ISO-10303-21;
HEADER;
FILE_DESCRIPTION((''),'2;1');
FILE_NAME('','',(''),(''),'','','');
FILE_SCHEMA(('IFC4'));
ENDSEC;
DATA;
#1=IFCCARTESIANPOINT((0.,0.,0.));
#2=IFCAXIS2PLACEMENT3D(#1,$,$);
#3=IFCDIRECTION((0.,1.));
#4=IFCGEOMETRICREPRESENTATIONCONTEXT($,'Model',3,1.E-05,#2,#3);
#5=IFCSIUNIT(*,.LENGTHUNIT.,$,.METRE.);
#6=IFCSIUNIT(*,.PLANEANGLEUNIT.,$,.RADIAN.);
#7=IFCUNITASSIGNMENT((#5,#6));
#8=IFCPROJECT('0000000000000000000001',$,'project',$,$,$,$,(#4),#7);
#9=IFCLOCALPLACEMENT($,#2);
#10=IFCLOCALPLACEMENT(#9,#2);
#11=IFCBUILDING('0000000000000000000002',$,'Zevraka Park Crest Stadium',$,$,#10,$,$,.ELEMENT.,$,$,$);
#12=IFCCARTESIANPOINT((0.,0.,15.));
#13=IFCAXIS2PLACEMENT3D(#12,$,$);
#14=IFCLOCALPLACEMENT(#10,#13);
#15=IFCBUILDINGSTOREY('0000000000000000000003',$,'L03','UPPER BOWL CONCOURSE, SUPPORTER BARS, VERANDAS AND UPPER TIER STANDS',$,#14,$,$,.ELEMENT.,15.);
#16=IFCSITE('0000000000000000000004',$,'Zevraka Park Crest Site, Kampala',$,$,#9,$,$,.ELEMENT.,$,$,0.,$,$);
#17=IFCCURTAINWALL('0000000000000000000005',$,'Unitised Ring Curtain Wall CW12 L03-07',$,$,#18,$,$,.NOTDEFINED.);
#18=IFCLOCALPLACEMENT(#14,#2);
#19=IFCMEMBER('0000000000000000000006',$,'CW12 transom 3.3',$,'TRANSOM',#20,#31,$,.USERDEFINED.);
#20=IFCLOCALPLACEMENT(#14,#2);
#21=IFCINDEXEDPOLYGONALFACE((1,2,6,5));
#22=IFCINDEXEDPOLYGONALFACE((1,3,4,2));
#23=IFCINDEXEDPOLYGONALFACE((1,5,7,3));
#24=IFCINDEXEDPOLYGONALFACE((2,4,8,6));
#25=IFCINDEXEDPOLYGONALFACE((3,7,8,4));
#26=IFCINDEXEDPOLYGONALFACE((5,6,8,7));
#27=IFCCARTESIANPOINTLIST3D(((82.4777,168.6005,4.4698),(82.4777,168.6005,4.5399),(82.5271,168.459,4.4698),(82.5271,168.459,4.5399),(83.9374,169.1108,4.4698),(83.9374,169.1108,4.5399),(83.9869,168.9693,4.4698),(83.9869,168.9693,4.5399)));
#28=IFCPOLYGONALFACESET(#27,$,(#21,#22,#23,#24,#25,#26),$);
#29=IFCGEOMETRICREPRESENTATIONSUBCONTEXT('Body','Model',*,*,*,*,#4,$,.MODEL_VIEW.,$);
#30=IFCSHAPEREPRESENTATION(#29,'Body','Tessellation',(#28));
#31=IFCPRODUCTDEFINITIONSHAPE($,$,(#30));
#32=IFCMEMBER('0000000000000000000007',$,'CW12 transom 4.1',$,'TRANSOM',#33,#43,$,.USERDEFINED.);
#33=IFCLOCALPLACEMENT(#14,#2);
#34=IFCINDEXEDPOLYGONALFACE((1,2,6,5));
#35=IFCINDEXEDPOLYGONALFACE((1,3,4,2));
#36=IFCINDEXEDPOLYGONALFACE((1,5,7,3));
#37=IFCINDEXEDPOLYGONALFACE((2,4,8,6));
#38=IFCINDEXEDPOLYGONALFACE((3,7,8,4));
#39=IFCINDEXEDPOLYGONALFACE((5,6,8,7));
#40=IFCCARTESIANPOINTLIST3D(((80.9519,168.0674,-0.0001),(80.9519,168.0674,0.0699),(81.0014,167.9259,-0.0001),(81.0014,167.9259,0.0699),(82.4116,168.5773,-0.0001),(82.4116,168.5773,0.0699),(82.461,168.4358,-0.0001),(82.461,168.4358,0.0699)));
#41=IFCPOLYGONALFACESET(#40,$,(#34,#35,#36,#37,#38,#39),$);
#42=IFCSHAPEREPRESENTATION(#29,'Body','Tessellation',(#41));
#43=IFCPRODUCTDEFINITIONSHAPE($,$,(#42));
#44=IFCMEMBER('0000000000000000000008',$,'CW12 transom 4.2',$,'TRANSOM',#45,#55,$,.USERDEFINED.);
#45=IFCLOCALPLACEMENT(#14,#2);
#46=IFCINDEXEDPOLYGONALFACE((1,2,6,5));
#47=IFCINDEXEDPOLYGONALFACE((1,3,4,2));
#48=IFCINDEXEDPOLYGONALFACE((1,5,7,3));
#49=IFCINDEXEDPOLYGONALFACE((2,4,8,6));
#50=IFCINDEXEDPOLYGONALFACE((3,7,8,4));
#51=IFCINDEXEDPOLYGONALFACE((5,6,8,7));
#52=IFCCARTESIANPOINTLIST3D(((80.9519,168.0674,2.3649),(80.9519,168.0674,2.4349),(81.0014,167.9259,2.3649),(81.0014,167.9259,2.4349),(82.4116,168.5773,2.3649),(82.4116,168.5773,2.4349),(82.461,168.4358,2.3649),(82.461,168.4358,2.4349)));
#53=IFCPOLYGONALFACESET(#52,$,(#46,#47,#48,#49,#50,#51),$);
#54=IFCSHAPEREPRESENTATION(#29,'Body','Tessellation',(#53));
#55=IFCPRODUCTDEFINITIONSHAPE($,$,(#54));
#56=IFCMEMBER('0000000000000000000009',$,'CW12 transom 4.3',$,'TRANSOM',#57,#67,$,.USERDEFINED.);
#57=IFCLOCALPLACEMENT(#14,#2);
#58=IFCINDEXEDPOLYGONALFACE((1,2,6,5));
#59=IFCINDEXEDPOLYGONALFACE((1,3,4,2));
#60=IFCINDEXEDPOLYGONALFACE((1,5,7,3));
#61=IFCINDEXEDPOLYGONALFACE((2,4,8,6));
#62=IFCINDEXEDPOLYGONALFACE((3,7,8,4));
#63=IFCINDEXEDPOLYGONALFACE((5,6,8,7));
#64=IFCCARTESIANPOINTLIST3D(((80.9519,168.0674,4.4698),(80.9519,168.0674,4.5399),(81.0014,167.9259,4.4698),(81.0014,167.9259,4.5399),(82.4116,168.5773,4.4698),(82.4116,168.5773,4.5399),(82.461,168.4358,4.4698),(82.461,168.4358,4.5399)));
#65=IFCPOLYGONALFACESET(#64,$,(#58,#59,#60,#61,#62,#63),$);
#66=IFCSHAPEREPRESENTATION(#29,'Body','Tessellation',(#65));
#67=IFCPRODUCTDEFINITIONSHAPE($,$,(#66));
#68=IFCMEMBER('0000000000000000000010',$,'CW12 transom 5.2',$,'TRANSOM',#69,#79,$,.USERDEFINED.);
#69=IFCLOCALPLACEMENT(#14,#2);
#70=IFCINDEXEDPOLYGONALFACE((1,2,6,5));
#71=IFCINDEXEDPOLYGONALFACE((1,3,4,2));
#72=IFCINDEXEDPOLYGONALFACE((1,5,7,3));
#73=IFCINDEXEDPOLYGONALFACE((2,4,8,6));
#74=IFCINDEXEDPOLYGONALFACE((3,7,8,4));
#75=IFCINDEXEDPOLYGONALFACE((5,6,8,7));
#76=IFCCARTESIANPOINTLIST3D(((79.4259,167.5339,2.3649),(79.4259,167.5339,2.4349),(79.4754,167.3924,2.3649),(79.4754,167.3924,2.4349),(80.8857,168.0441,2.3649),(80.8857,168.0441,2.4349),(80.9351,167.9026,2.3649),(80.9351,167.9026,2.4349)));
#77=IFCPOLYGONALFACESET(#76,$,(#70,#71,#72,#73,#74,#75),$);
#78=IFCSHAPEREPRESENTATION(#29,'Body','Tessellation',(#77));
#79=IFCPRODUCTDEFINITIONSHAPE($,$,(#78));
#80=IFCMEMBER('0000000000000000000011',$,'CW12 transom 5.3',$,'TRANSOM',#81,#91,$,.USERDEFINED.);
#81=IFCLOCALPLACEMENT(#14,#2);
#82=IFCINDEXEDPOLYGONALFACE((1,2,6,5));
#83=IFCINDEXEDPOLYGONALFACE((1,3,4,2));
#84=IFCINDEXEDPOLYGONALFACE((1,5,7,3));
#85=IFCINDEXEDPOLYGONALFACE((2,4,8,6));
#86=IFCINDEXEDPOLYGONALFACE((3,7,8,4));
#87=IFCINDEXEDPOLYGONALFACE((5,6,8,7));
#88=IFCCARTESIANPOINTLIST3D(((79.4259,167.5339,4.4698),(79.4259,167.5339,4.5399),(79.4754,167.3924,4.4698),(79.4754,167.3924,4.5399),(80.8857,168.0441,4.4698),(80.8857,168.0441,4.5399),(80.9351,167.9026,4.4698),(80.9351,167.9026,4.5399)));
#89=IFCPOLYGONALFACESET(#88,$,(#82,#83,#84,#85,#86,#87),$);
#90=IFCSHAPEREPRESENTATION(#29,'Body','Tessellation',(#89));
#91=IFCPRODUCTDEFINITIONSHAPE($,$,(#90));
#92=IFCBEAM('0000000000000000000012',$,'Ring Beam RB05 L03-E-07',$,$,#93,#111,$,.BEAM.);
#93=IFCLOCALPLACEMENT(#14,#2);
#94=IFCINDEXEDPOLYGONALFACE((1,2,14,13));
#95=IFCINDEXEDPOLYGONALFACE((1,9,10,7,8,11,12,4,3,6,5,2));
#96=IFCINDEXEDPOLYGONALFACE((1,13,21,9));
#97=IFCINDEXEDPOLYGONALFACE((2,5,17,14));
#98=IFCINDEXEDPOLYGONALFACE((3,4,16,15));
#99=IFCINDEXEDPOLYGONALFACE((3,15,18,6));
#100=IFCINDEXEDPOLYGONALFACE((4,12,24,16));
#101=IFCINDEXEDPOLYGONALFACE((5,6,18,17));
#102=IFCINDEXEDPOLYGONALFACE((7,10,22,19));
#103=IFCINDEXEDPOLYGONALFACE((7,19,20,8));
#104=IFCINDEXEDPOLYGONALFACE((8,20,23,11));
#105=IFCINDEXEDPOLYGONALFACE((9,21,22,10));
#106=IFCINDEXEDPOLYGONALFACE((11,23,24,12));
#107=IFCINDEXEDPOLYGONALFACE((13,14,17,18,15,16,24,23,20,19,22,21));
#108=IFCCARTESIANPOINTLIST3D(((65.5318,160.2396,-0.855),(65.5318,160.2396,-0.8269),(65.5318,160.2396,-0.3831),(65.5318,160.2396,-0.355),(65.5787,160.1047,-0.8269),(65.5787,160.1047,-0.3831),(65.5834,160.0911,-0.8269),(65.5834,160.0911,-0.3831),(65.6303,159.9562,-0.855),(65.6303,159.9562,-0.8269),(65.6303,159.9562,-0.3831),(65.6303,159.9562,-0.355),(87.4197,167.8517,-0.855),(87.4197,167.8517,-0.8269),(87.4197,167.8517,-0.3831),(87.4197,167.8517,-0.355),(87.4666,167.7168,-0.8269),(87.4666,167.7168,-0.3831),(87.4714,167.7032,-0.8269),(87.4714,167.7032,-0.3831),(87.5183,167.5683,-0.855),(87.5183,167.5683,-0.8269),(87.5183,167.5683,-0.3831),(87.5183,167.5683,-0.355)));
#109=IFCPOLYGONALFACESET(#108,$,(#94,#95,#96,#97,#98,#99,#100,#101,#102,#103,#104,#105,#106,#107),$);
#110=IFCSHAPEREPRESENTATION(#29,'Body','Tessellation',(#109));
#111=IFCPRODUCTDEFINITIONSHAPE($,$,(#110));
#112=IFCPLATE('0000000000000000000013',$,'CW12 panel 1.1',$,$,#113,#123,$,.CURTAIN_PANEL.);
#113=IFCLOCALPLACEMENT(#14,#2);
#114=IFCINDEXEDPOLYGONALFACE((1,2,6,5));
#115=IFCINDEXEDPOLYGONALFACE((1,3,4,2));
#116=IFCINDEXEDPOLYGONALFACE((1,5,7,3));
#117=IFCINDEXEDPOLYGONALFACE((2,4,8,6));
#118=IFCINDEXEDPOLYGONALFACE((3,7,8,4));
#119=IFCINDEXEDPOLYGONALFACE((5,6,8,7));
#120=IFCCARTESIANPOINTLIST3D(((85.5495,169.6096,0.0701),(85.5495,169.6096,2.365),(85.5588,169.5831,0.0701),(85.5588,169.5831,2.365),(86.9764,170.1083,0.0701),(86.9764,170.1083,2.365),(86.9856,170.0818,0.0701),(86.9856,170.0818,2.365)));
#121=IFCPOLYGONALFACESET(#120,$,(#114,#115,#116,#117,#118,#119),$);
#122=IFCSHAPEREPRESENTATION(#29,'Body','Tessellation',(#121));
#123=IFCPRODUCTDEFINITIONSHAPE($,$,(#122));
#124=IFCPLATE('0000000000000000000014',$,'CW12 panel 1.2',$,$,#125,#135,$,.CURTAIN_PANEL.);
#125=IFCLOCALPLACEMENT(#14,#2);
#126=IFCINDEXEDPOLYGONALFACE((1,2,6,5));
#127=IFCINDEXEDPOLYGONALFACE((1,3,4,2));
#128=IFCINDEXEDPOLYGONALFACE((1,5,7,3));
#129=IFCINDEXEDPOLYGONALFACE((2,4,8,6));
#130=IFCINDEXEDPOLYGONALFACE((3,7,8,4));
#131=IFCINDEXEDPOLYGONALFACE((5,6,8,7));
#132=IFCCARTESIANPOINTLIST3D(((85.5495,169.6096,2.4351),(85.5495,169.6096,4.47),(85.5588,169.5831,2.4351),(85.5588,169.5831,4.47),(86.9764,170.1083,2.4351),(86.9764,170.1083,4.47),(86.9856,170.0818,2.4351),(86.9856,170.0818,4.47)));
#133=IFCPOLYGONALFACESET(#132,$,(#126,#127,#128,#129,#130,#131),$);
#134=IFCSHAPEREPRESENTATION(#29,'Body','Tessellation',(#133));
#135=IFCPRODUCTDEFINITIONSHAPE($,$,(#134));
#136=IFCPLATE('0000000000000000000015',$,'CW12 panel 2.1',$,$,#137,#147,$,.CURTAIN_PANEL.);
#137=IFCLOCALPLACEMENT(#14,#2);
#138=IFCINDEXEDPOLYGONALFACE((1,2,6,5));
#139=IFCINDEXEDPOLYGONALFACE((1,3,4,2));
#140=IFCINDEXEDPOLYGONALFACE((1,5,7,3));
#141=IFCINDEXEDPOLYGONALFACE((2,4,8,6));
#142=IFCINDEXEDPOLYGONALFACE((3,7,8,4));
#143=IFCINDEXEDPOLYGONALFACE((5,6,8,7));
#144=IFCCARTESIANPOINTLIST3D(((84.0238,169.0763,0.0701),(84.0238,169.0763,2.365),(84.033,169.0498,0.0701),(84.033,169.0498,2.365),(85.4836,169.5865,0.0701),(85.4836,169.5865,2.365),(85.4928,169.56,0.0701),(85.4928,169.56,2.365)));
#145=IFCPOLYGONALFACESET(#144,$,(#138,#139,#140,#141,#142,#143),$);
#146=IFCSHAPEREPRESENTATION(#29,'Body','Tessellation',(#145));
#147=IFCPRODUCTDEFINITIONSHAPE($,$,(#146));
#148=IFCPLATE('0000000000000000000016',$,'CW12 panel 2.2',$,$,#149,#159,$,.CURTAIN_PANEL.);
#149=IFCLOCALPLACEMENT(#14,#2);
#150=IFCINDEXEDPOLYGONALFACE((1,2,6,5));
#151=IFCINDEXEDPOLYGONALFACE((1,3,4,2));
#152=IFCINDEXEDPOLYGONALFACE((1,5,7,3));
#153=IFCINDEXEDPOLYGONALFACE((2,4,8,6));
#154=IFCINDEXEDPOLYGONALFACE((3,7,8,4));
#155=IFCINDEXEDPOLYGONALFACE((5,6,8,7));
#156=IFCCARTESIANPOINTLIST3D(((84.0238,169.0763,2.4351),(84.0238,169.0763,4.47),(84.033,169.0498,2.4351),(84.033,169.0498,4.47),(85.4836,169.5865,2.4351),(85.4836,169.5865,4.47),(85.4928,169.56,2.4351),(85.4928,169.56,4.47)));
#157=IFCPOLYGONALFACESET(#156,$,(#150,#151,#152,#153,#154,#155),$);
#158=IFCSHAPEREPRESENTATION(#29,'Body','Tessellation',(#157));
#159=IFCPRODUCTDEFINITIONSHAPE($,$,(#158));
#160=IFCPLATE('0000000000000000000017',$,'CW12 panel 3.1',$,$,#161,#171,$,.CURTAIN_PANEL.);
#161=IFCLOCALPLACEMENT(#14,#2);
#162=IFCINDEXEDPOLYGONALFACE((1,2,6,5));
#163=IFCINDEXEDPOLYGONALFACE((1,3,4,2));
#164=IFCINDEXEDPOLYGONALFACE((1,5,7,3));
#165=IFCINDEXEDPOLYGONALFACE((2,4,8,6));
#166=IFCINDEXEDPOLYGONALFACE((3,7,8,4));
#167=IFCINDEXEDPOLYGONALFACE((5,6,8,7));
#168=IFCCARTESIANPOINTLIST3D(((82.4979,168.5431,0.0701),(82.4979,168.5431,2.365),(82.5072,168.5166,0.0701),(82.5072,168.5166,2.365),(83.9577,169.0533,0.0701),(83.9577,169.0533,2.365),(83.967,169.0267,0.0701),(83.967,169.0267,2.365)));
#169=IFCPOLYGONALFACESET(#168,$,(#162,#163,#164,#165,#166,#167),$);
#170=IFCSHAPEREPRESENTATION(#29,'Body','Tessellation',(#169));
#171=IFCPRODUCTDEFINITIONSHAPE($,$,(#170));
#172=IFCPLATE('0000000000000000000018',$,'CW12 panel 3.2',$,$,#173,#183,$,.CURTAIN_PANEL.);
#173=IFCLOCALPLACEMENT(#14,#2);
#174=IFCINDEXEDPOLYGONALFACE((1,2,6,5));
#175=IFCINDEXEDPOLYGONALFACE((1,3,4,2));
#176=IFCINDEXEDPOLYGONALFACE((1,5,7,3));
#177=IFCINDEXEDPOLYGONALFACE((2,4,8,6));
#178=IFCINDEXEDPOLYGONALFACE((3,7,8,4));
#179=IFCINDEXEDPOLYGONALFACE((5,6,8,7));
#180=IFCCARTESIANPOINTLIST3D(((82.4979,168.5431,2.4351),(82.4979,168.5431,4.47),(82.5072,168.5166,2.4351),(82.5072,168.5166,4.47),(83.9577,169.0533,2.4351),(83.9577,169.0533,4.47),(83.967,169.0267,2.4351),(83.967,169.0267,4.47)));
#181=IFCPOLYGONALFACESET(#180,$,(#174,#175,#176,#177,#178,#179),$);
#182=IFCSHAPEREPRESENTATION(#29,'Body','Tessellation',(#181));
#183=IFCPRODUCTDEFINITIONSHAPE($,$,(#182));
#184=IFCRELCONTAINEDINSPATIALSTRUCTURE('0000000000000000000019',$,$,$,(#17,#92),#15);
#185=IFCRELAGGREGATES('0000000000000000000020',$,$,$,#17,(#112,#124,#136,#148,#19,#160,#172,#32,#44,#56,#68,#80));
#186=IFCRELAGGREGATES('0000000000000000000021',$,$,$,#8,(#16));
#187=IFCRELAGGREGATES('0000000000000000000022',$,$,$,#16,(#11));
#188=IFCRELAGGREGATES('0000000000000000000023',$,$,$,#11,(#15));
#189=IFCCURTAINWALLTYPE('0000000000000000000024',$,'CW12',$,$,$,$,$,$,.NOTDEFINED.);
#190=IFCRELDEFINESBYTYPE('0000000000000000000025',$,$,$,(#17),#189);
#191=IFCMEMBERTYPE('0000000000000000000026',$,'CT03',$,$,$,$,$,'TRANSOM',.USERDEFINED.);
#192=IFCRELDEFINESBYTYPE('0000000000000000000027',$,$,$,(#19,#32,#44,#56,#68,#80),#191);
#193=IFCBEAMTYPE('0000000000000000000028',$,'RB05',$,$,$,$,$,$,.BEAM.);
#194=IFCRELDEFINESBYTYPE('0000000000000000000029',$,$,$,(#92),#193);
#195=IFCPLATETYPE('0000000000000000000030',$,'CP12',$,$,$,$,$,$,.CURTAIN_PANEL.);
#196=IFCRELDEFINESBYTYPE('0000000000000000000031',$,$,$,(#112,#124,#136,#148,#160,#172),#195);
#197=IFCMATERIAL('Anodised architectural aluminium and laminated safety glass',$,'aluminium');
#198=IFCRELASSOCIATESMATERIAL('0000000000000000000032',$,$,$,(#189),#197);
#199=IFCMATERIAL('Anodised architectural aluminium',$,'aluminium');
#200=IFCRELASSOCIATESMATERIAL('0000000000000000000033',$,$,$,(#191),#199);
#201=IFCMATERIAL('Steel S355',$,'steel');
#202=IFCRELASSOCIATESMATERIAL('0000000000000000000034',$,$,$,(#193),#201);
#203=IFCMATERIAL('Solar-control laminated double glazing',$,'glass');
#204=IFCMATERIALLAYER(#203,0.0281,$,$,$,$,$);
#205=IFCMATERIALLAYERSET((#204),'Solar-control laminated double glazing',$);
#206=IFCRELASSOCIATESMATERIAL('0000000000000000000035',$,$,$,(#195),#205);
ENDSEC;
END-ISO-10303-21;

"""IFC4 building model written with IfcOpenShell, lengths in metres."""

from ifc_helpers import new_model, si_unit, direction, frame, origin, origin_2d, place, context, subcontext, project, spatial, rectangle, i_section, extrude, material, layer, layer_set, material_profile, profile_set, type_object, element, aggregate, save


model = new_model("IFC4")

# Units and contexts
model_context = context("Model", 3, precision=1e-05, world=origin(), true_north=direction((0.0, 1.0)))
body_context = subcontext(model_context, "Body", "Model", "MODEL_VIEW")
ifc_project = project(units=[si_unit("LENGTHUNIT", "METRE"), si_unit("PLANEANGLEUNIT", "RADIAN")], contexts=[model_context])

# Site, building, storey
site_placement = place(None, origin())
site = spatial("IfcSite", under=ifc_project, at=site_placement, Name="Zevraka Park Crest Site, Kampala", CompositionType="ELEMENT", RefElevation=0.0)
building_placement = place(site_placement, origin())
building = spatial("IfcBuilding", under=site, at=building_placement, Name="Zevraka Park Crest Stadium", CompositionType="ELEMENT")
storey_placement = place(building_placement, frame((0.0, 0.0, 15.0)))
storey = spatial("IfcBuildingStorey", under=building, at=storey_placement, Name="L03", Description="UPPER BOWL CONCOURSE, SUPPORTER BARS, VERANDAS AND UPPER TIER STANDS", CompositionType="ELEMENT", Elevation=15.0)

# Curtain wall, members
ifc_material_1 = material(Name="Anodised architectural aluminium and laminated safety glass", Category="aluminium")
curtain_wall_type_1 = type_object("IfcCurtainWallType", Name="CW12", PredefinedType="NOTDEFINED", material=ifc_material_1)
curtain_wall_1_placement = place(storey_placement, origin())
curtain_wall_1 = element("IfcCurtainWall", 1, at=curtain_wall_1_placement, inside=storey, type_object=curtain_wall_type_1, Name="Unitised Ring Curtain Wall CW12 L03-07", PredefinedType="NOTDEFINED")
ifc_material_2 = material(Name="Anodised architectural aluminium", Category="aluminium")
ifc_material_profile_1 = material_profile(ifc_material_2, rectangle(XDim=0.1499, YDim=0.0701, at=origin_2d()), Name="ALU TRANSOM 150x70")
ifc_profile_set_1 = profile_set([ifc_material_profile_1], Name="Anodised architectural aluminium")
member_type_1 = type_object("IfcMemberType", Name="CT03", ElementType="TRANSOM", PredefinedType="USERDEFINED", material=ifc_profile_set_1)
member_1_placement = place(storey_placement, frame((83.9622, 169.04, 4.5049), z_axis=(-0.943989, -0.329978, 0.0), x_axis=(0.329978, -0.943989, 0.0)))
member_1 = element("IfcMember", 2, at=member_1_placement, type_object=member_type_1, Name="CW12 transom 3.3", ObjectType="TRANSOM", PredefinedType="USERDEFINED", context=body_context, shape_type="SweptSolid", body=[
    extrude(rectangle(XDim=0.1499, YDim=0.0701, at=origin_2d()), origin(), (0.0, 0.0, 1.0), 1.5464),
])
member_2_placement = place(storey_placement, frame((82.4363, 168.5066, 0.0349), z_axis=(-0.944038, -0.329837, 0.0), x_axis=(0.329837, -0.944038, 0.0)))
member_2 = element("IfcMember", 3, at=member_2_placement, type_object=member_type_1, Name="CW12 transom 4.1", ObjectType="TRANSOM", PredefinedType="USERDEFINED", context=body_context, shape_type="SweptSolid", body=[
    extrude(rectangle(XDim=0.1499, YDim=0.0701, at=origin_2d()), origin(), (0.0, 0.0, 1.0), 1.5461),
])
member_3_placement = place(storey_placement, frame((82.4363, 168.5066, 2.3999), z_axis=(-0.944038, -0.329837, 0.0), x_axis=(0.329837, -0.944038, 0.0)))
member_3 = element("IfcMember", 4, at=member_3_placement, type_object=member_type_1, Name="CW12 transom 4.2", ObjectType="TRANSOM", PredefinedType="USERDEFINED", context=body_context, shape_type="SweptSolid", body=[
    extrude(rectangle(XDim=0.1499, YDim=0.0701, at=origin_2d()), origin(), (0.0, 0.0, 1.0), 1.5461),
])
member_4_placement = place(storey_placement, frame((82.4363, 168.5066, 4.5049), z_axis=(-0.944038, -0.329837, 0.0), x_axis=(0.329837, -0.944038, 0.0)))
member_4 = element("IfcMember", 5, at=member_4_placement, type_object=member_type_1, Name="CW12 transom 4.3", ObjectType="TRANSOM", PredefinedType="USERDEFINED", context=body_context, shape_type="SweptSolid", body=[
    extrude(rectangle(XDim=0.1499, YDim=0.0701, at=origin_2d()), origin(), (0.0, 0.0, 1.0), 1.5461),
])
member_5_placement = place(storey_placement, frame((80.9104, 167.9734, 2.3999), z_axis=(-0.943989, -0.329978, 0.0), x_axis=(0.329978, -0.943989, 0.0)))
member_5 = element("IfcMember", 6, at=member_5_placement, type_object=member_type_1, Name="CW12 transom 5.2", ObjectType="TRANSOM", PredefinedType="USERDEFINED", context=body_context, shape_type="SweptSolid", body=[
    extrude(rectangle(XDim=0.1499, YDim=0.0701, at=origin_2d()), origin(), (0.0, 0.0, 1.0), 1.5464),
])
member_6_placement = place(storey_placement, frame((80.9104, 167.9734, 4.5049), z_axis=(-0.943989, -0.329978, 0.0), x_axis=(0.329978, -0.943989, 0.0)))
member_6 = element("IfcMember", 7, at=member_6_placement, type_object=member_type_1, Name="CW12 transom 5.3", ObjectType="TRANSOM", PredefinedType="USERDEFINED", context=body_context, shape_type="SweptSolid", body=[
    extrude(rectangle(XDim=0.1499, YDim=0.0701, at=origin_2d()), origin(), (0.0, 0.0, 1.0), 1.5464),
])

# Beam
ifc_material_3 = material(Name="Steel S355", Category="steel")
ifc_material_profile_2 = material_profile(ifc_material_3, i_section(OverallWidth=0.3, OverallDepth=0.5, WebThickness=0.0144, FlangeThickness=0.0281, at=origin_2d()), Name="HEB 500")
ifc_profile_set_2 = profile_set([ifc_material_profile_2], Name="Steel S355")
beam_type = type_object("IfcBeamType", Name="RB05", PredefinedType="BEAM", material=ifc_profile_set_2)
beam_placement = place(storey_placement, frame((87.469, 167.71, -0.605), z_axis=(-0.944512, -0.328477, 0.0), x_axis=(0.328477, -0.944512, 0.0)))
element("IfcBeam", 8, at=beam_placement, inside=storey, type_object=beam_type, Name="Ring Beam RB05 L03-E-07", PredefinedType="BEAM", context=body_context, shape_type="SweptSolid", body=[
    extrude(i_section(OverallWidth=0.3, OverallDepth=0.5, WebThickness=0.0144, FlangeThickness=0.0281, at=origin_2d()), origin(), (0.0, 0.0, 1.0), 23.1738),
])

# Plates
ifc_material_4 = material(Name="Solar-control laminated double glazing", Category="glass")
ifc_layer_1 = layer(ifc_material_4, 0.0281)
ifc_layer_set_1 = layer_set([ifc_layer_1], Name="Solar-control laminated double glazing")
plate_type = type_object("IfcPlateType", Name="CP12", PredefinedType="CURTAIN_PANEL", material=ifc_layer_set_1)
plate_1_placement = place(storey_placement, frame((86.2676, 169.8457, 0.0701), z_axis=(0.0, 0.0, 1.0), x_axis=(-0.94401, -0.329917, 0.0)))
plate_1 = element("IfcPlate", 9, at=plate_1_placement, type_object=plate_type, Name="CW12 panel 1.1", PredefinedType="CURTAIN_PANEL", context=body_context, shape_type="SweptSolid", body=[
    extrude(rectangle(XDim=1.5115, YDim=0.0281, at=origin_2d()), origin(), (0.0, 0.0, 1.0), 2.2949),
])
plate_2_placement = place(storey_placement, frame((86.2676, 169.8457, 2.4351), z_axis=(0.0, 0.0, 1.0), x_axis=(-0.94401, -0.329917, 0.0)))
plate_2 = element("IfcPlate", 10, at=plate_2_placement, type_object=plate_type, Name="CW12 panel 1.2", PredefinedType="CURTAIN_PANEL", context=body_context, shape_type="SweptSolid", body=[
    extrude(rectangle(XDim=1.5115, YDim=0.0281, at=origin_2d()), origin(), (0.0, 0.0, 1.0), 2.0349),
])
plate_3_placement = place(storey_placement, frame((84.7583, 169.3181, 0.0701), z_axis=(0.0, 0.0, 1.0), x_axis=(-0.94401, -0.329917, 0.0)))
plate_3 = element("IfcPlate", 11, at=plate_3_placement, type_object=plate_type, Name="CW12 panel 2.1", PredefinedType="CURTAIN_PANEL", context=body_context, shape_type="SweptSolid", body=[
    extrude(rectangle(XDim=1.5464, YDim=0.0281, at=origin_2d()), origin(), (0.0, 0.0, 1.0), 2.2949),
])
plate_4_placement = place(storey_placement, frame((84.7583, 169.3181, 2.4351), z_axis=(0.0, 0.0, 1.0), x_axis=(-0.94401, -0.329917, 0.0)))
plate_4 = element("IfcPlate", 12, at=plate_4_placement, type_object=plate_type, Name="CW12 panel 2.2", PredefinedType="CURTAIN_PANEL", context=body_context, shape_type="SweptSolid", body=[
    extrude(rectangle(XDim=1.5464, YDim=0.0281, at=origin_2d()), origin(), (0.0, 0.0, 1.0), 2.0349),
])
plate_5_placement = place(storey_placement, frame((83.2324, 168.7849, 0.0701), z_axis=(0.0, 0.0, 1.0), x_axis=(-0.94401, -0.329917, 0.0)))
plate_5 = element("IfcPlate", 13, at=plate_5_placement, type_object=plate_type, Name="CW12 panel 3.1", PredefinedType="CURTAIN_PANEL", context=body_context, shape_type="SweptSolid", body=[
    extrude(rectangle(XDim=1.5464, YDim=0.0281, at=origin_2d()), origin(), (0.0, 0.0, 1.0), 2.2949),
])
plate_6_placement = place(storey_placement, frame((83.2324, 168.7849, 2.4351), z_axis=(0.0, 0.0, 1.0), x_axis=(-0.94401, -0.329917, 0.0)))
plate_6 = element("IfcPlate", 14, at=plate_6_placement, type_object=plate_type, Name="CW12 panel 3.2", PredefinedType="CURTAIN_PANEL", context=body_context, shape_type="SweptSolid", body=[
    extrude(rectangle(XDim=1.5464, YDim=0.0281, at=origin_2d()), origin(), (0.0, 0.0, 1.0), 2.0349),
])
aggregate(curtain_wall_1, [plate_1, plate_2, plate_3, plate_4, member_1, plate_5, plate_6, member_2, member_3, member_4, member_5, member_6])

save(model, "model.ifc")
